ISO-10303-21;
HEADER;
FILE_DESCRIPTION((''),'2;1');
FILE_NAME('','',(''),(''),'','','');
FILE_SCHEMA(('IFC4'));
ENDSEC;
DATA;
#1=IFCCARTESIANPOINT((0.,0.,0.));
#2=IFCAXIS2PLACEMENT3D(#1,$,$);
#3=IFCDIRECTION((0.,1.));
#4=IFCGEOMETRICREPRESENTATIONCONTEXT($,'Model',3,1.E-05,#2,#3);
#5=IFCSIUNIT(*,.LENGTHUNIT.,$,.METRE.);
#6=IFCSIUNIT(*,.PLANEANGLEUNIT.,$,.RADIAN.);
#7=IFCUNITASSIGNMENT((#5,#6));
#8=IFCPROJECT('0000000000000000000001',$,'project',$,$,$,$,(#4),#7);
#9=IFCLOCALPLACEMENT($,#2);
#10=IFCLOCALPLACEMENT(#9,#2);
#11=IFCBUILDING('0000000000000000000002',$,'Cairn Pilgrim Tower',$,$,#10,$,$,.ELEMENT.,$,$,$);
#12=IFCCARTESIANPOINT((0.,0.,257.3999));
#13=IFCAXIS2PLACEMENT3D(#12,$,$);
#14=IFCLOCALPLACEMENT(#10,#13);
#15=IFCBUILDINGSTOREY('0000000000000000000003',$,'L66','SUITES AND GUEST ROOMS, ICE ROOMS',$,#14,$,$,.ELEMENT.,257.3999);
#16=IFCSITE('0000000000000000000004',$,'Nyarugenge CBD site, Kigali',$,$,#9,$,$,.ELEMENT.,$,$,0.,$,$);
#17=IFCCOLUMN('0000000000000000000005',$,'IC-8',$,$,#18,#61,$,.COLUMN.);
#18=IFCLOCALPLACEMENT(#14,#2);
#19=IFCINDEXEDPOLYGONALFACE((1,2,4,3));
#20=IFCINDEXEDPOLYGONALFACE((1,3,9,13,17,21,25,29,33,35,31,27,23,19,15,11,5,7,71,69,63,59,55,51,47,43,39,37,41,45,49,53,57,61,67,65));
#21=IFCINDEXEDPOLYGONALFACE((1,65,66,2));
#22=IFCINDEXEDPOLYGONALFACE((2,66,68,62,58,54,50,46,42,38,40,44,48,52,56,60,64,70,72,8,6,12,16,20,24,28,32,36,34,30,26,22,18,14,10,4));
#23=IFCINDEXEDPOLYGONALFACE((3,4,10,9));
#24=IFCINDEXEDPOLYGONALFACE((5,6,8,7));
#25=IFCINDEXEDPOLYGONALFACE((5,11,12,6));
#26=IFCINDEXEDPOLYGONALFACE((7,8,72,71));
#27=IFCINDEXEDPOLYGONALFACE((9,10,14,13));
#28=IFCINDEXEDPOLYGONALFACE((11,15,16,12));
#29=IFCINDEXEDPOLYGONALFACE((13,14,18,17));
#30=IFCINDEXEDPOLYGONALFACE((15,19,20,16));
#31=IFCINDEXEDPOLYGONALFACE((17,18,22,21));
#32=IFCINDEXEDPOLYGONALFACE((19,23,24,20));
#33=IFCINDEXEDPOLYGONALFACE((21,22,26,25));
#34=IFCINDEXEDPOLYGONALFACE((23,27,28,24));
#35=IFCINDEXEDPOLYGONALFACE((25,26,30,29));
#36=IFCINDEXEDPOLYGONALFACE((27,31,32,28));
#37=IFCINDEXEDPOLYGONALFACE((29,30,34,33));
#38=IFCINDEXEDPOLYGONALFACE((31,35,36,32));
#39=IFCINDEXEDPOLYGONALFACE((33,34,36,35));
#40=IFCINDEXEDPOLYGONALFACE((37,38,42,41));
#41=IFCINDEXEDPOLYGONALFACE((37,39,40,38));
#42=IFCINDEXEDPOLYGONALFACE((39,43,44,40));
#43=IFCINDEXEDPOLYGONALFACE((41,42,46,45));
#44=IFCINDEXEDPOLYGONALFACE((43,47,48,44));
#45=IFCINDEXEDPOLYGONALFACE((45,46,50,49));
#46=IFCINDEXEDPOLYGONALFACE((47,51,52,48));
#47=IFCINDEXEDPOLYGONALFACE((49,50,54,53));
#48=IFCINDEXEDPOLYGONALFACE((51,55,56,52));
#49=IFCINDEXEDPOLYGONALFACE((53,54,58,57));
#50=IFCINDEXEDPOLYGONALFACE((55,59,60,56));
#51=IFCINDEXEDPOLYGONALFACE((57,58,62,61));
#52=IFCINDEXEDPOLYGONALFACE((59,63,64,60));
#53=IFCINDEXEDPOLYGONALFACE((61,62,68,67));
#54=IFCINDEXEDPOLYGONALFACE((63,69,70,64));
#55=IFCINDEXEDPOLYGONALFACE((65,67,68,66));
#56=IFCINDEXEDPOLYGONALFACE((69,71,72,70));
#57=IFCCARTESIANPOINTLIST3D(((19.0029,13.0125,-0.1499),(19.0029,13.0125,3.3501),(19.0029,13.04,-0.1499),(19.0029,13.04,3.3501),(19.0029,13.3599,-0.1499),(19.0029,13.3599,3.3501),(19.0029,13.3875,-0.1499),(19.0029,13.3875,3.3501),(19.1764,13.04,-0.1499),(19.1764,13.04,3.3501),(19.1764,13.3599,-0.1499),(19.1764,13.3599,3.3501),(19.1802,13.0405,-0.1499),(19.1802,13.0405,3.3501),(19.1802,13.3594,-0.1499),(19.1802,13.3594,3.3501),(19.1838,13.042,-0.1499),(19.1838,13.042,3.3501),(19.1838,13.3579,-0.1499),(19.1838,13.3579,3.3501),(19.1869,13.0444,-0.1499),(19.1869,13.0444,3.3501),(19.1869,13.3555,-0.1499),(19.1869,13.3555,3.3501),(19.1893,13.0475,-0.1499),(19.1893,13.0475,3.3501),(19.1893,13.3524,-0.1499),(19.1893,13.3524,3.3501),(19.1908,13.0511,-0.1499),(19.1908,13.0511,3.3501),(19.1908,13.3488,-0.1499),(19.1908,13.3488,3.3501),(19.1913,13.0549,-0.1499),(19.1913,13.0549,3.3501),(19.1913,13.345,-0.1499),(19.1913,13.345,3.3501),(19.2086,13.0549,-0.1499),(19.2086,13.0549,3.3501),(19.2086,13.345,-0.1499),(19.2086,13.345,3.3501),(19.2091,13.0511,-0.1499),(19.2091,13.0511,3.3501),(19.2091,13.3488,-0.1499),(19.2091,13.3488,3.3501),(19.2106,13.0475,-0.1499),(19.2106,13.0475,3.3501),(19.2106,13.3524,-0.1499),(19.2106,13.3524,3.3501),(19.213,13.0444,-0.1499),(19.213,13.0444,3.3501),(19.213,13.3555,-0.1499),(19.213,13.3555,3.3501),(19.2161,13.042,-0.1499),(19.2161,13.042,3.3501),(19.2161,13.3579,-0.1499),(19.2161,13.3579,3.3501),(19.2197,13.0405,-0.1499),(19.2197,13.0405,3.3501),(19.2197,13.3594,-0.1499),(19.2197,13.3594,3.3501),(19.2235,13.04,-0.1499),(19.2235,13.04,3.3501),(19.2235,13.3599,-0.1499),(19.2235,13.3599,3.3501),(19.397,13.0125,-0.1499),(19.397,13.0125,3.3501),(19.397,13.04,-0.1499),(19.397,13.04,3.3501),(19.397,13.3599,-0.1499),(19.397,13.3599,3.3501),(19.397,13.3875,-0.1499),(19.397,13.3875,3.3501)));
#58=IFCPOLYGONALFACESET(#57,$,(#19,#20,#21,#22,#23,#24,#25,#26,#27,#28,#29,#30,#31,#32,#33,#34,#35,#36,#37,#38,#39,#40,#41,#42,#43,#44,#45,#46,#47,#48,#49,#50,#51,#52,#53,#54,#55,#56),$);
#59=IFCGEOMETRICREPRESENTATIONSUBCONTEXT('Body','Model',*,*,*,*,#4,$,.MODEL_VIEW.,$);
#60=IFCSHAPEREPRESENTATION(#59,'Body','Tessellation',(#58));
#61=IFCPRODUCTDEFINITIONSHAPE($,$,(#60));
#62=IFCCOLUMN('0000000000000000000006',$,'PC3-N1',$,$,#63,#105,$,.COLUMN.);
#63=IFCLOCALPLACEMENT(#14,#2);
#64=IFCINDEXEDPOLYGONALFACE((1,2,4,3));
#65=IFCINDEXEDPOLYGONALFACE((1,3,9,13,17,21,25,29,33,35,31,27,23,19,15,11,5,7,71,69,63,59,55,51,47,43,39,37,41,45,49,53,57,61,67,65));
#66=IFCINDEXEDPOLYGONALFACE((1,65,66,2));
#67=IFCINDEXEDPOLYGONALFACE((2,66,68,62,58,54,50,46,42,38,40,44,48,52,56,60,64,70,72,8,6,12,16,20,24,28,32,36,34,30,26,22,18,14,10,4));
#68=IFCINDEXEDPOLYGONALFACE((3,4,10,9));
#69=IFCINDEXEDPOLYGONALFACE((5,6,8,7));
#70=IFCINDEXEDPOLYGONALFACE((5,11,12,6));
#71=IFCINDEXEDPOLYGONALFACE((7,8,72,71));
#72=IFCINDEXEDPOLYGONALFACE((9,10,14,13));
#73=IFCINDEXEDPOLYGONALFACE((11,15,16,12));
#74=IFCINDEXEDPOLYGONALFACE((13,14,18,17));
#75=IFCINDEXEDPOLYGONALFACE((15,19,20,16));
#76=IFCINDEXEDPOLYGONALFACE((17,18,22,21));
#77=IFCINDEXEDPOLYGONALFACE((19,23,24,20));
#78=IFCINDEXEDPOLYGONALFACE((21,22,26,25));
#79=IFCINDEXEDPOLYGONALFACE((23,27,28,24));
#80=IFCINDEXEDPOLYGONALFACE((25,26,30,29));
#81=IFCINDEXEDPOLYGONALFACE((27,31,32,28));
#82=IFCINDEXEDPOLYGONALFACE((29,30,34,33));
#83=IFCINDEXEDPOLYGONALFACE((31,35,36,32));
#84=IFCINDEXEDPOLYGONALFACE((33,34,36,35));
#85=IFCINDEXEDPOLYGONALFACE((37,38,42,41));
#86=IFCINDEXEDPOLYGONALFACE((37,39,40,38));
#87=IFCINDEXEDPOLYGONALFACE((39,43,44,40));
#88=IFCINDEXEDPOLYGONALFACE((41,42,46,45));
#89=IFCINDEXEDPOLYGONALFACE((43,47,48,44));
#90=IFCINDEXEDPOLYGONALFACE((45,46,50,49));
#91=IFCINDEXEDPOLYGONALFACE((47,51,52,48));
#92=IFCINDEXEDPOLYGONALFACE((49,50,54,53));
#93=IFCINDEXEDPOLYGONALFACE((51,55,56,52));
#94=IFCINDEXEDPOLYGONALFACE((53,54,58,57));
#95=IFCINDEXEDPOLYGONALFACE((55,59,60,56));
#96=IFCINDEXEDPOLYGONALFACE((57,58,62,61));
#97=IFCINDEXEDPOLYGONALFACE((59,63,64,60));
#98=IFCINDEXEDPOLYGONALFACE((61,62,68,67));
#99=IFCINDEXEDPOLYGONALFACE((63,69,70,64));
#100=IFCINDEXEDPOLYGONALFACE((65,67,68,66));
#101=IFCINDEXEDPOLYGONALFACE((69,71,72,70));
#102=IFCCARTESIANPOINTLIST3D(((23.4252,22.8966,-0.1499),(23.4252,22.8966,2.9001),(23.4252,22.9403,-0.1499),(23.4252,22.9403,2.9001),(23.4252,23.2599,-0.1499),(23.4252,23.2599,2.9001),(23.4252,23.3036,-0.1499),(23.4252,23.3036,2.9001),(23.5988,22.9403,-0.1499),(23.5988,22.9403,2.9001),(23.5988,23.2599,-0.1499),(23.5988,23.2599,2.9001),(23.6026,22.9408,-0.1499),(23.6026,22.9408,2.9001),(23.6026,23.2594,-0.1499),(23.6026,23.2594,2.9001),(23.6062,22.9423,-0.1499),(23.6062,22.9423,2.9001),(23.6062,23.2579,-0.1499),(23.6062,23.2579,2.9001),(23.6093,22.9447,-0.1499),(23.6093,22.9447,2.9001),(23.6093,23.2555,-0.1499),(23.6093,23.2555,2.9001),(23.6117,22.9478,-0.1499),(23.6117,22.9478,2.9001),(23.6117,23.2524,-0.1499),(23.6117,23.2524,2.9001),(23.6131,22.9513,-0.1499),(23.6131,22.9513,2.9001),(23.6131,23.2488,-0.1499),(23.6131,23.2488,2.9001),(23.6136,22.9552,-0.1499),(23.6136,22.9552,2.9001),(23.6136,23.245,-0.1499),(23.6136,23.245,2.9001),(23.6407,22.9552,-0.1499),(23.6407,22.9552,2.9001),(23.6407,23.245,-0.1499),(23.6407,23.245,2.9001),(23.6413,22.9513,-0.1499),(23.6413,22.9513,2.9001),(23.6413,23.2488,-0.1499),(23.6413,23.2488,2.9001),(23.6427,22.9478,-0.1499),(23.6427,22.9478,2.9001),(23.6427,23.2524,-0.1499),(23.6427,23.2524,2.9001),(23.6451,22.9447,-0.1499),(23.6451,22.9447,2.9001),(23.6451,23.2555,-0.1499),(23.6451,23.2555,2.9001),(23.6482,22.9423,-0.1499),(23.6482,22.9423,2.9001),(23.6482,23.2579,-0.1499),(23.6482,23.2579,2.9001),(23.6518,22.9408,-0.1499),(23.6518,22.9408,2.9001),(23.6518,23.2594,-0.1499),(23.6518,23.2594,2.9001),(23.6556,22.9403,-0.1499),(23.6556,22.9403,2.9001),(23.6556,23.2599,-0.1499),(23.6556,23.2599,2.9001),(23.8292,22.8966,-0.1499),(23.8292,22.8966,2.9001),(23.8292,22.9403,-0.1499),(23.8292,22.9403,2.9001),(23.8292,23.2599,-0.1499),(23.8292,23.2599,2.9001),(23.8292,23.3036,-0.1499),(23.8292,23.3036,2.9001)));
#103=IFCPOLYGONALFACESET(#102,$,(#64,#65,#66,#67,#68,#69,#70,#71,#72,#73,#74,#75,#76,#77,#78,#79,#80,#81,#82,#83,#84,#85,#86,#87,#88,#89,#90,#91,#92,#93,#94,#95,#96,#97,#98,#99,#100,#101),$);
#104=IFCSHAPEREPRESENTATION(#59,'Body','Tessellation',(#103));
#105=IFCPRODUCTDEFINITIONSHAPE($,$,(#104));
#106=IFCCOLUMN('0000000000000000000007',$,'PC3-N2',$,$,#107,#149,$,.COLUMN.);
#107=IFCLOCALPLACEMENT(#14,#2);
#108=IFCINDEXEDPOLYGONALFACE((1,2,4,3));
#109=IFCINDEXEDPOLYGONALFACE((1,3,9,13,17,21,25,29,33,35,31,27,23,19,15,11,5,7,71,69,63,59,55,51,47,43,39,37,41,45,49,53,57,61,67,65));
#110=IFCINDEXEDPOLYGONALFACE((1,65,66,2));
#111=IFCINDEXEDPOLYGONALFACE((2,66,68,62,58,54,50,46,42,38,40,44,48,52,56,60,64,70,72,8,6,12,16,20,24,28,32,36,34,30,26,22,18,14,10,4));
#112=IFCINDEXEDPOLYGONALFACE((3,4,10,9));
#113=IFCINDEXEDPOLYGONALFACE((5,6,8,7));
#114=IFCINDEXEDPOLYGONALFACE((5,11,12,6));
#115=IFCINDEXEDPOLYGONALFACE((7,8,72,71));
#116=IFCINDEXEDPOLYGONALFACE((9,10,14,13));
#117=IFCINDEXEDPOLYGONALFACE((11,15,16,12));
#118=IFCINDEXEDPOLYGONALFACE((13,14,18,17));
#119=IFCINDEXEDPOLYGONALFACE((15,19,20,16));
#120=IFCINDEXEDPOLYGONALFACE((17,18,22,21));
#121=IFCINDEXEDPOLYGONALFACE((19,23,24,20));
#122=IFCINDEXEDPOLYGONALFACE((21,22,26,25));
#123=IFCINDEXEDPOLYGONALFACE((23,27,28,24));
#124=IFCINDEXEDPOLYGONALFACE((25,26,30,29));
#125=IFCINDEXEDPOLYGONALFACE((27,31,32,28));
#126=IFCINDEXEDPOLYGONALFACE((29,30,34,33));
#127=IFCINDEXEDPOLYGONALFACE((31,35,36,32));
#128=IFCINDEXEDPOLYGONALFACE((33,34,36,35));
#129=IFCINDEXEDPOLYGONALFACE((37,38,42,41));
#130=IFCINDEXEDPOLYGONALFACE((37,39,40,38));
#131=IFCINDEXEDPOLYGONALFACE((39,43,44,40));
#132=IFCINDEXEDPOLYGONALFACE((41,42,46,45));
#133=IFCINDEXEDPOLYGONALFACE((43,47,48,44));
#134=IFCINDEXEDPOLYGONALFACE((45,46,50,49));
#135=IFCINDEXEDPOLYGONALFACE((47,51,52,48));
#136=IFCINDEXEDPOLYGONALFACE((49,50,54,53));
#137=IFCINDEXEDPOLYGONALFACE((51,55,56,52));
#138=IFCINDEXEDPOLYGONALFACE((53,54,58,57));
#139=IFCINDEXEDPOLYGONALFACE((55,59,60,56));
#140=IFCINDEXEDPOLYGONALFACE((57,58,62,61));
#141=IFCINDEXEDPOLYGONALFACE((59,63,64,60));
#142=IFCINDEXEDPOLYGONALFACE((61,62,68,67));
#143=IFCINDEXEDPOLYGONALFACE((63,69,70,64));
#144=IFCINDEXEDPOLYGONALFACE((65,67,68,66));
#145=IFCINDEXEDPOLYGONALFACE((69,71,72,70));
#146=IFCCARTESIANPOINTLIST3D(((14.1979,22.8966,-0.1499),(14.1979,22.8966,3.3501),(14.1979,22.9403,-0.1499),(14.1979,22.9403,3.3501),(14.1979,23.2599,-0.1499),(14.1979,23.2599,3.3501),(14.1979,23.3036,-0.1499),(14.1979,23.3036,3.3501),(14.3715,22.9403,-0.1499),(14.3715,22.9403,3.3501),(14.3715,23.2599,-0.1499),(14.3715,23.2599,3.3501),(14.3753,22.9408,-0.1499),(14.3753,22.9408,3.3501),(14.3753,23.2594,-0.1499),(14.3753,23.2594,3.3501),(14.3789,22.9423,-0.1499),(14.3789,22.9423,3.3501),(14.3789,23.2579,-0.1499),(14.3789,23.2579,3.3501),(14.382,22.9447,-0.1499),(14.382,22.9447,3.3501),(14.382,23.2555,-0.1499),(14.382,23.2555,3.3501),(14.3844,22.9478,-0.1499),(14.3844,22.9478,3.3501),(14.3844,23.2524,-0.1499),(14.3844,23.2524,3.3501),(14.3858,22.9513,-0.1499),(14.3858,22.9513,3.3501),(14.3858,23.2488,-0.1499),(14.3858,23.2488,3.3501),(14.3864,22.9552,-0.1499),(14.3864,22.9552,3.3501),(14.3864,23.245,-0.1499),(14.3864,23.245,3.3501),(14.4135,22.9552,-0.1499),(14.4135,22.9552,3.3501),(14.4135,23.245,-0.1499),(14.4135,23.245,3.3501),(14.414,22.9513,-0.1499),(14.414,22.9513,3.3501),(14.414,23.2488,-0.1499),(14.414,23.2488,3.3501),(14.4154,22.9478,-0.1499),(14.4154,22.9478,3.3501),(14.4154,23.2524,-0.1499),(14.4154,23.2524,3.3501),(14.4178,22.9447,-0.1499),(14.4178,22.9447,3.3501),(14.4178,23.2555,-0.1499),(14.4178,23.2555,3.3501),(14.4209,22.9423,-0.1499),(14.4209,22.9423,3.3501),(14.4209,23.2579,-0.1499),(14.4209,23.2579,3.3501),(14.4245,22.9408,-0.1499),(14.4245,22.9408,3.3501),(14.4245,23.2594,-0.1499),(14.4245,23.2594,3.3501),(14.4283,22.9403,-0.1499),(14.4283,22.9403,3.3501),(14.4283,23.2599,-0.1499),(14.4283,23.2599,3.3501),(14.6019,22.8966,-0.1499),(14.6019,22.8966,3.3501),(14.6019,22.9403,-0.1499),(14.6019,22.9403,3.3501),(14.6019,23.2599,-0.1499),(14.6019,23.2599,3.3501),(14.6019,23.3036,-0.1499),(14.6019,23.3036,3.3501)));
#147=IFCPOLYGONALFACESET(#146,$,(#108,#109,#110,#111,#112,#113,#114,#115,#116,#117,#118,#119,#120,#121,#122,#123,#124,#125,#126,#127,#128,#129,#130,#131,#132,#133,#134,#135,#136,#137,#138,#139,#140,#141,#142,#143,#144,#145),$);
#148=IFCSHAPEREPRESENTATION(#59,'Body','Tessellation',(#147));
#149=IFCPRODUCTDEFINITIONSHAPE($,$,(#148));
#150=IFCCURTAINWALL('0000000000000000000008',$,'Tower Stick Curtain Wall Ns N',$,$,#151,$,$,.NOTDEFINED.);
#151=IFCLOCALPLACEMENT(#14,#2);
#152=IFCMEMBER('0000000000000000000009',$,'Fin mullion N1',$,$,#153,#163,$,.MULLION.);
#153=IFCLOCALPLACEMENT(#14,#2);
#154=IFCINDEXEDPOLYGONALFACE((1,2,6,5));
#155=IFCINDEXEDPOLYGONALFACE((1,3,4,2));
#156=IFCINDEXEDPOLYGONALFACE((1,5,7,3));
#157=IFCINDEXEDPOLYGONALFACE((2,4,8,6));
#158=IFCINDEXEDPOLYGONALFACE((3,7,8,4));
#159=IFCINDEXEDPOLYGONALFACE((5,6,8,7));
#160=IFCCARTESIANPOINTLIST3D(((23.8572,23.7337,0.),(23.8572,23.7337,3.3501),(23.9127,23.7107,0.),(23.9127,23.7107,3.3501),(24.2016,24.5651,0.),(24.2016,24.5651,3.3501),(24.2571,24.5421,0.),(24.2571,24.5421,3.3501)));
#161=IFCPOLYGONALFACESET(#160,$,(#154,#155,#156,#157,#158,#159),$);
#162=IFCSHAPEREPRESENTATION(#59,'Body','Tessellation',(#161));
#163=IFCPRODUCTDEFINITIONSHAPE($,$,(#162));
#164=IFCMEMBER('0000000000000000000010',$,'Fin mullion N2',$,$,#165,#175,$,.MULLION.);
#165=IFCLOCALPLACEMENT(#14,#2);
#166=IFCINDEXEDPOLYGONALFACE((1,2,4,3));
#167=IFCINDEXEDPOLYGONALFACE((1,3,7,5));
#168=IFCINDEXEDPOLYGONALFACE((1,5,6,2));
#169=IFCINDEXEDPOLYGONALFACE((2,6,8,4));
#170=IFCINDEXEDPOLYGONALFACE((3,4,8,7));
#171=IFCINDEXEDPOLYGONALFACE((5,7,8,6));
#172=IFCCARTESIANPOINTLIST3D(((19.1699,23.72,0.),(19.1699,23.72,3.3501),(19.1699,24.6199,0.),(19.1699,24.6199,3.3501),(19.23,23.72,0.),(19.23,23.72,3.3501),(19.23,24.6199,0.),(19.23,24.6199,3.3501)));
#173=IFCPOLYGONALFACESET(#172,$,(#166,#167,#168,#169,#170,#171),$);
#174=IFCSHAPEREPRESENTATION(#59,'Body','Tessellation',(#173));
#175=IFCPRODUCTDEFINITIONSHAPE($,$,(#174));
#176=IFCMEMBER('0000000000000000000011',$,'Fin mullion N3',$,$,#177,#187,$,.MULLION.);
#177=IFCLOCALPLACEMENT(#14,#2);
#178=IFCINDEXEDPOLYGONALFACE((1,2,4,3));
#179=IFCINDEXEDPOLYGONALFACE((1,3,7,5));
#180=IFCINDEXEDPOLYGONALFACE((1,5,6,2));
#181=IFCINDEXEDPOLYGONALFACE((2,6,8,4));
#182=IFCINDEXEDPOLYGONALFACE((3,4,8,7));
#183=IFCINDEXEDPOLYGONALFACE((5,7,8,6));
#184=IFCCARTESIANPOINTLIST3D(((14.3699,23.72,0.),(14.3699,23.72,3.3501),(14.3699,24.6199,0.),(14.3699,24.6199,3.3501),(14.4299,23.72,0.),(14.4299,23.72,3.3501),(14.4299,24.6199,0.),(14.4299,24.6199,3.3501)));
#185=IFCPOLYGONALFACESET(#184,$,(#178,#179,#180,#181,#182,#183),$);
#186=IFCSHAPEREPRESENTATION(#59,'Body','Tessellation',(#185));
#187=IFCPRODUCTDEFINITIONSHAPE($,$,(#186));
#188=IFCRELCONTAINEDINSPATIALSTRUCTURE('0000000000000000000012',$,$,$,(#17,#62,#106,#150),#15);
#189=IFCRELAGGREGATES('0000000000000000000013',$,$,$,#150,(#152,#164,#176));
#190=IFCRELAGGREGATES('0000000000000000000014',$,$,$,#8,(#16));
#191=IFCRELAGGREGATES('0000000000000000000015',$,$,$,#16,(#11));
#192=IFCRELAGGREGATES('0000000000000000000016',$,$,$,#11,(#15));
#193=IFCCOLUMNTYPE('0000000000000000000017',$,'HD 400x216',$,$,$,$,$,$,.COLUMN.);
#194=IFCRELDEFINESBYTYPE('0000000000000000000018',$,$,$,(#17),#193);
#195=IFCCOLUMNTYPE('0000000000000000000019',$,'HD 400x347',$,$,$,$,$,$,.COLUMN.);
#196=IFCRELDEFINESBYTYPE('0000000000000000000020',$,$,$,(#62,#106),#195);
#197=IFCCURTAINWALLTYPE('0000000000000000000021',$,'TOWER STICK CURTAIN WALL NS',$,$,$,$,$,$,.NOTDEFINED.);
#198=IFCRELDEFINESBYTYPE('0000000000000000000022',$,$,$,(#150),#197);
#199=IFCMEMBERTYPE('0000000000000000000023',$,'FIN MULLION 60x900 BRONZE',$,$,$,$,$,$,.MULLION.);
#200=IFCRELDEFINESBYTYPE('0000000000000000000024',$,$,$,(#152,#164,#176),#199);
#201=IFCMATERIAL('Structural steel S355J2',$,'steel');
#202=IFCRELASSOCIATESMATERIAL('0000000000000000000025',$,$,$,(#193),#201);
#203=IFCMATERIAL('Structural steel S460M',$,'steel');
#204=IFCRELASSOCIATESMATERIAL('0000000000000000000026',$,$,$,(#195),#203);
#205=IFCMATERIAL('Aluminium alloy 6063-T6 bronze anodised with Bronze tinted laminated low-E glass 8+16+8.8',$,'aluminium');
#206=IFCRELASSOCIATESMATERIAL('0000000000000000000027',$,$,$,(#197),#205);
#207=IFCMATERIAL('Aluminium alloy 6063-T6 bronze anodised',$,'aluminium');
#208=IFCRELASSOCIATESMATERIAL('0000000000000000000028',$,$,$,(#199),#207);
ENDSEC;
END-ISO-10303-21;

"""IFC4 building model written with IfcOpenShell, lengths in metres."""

from ifc_helpers import new_model, si_unit, direction, frame, origin, origin_2d, place, context, subcontext, project, spatial, rectangle, i_section, extrude, clip, halfspace, material, material_profile, profile_set, type_object, element, aggregate, save


model = new_model("IFC4")

# Units and contexts
model_context = context("Model", 3, precision=1e-05, world=origin(), true_north=direction((0.0, 1.0)))
body_context = subcontext(model_context, "Body", "Model", "MODEL_VIEW")
ifc_project = project(units=[si_unit("LENGTHUNIT", "METRE"), si_unit("PLANEANGLEUNIT", "RADIAN")], contexts=[model_context])

# Site, building, storey
site_placement = place(None, origin())
site = spatial("IfcSite", under=ifc_project, at=site_placement, Name="Nyarugenge CBD site, Kigali", CompositionType="ELEMENT", RefElevation=0.0)
building_placement = place(site_placement, origin())
building = spatial("IfcBuilding", under=site, at=building_placement, Name="Cairn Pilgrim Tower", CompositionType="ELEMENT")
storey_placement = place(building_placement, frame((0.0, 0.0, 257.3999)))
storey = spatial("IfcBuildingStorey", under=building, at=storey_placement, Name="L66", Description="SUITES AND GUEST ROOMS, ICE ROOMS", CompositionType="ELEMENT", Elevation=257.3999)

# Columns
ifc_material_1 = material(Name="Structural steel S355J2", Category="steel")
ifc_material_profile_1 = material_profile(ifc_material_1, i_section(OverallWidth=0.394, OverallDepth=0.375, WebThickness=0.0173, FlangeThickness=0.0276, FilletRadius=0.0149, at=origin_2d()), Name="HD 400x216")
ifc_profile_set_1 = profile_set([ifc_material_profile_1], Name="Structural steel S355J2")
column_type_1 = type_object("IfcColumnType", Name="HD 400x216", PredefinedType="COLUMN", material=ifc_profile_set_1)
column_1_placement = place(storey_placement, frame((19.2, 13.2, -0.1499), z_axis=(0.0, 0.0, 1.0), x_axis=(1.0, 0.0, 0.0)))
element("IfcColumn", 1, at=column_1_placement, inside=storey, type_object=column_type_1, Name="IC-8", PredefinedType="COLUMN", context=body_context, shape_type="SweptSolid", body=[
    extrude(i_section(OverallWidth=0.394, OverallDepth=0.375, WebThickness=0.0173, FlangeThickness=0.0276, FilletRadius=0.0149, at=origin_2d()), origin(), (0.0, 0.0, 1.0), 3.5),
])
ifc_material_2 = material(Name="Structural steel S460M", Category="steel")
ifc_material_profile_2 = material_profile(ifc_material_2, i_section(OverallWidth=0.4041, OverallDepth=0.407, WebThickness=0.0271, FlangeThickness=0.0437, FilletRadius=0.0149, at=origin_2d()), Name="HD 400x347")
ifc_profile_set_2 = profile_set([ifc_material_profile_2], Name="Structural steel S460M")
column_type_2 = type_object("IfcColumnType", Name="HD 400x347", PredefinedType="COLUMN", material=ifc_profile_set_2)
column_2_placement = place(storey_placement, frame((23.6272, 23.1001, -0.1499), z_axis=(0.0, 0.0, 1.0), x_axis=(1.0, 0.0, 0.0)))
element("IfcColumn", 2, at=column_2_placement, inside=storey, type_object=column_type_2, Name="PC3-N1", PredefinedType="COLUMN", context=body_context, shape_type="Clipping", body=[
    clip(extrude(i_section(OverallWidth=0.4041, OverallDepth=0.407, WebThickness=0.0271, FlangeThickness=0.0437, FilletRadius=0.0149, at=origin_2d()), origin(), (0.0, 0.0, 1.0), 3.5), halfspace(frame((0.0, 0.0, 3.05), z_axis=(0.0, 0.0, 1.0), x_axis=(1.0, 0.0, 0.0)), False)),
])
column_3_placement = place(storey_placement, frame((14.3999, 23.1001, -0.1499), z_axis=(0.0, 0.0, 1.0), x_axis=(1.0, 0.0, 0.0)))
element("IfcColumn", 3, at=column_3_placement, inside=storey, type_object=column_type_2, Name="PC3-N2", PredefinedType="COLUMN", context=body_context, shape_type="SweptSolid", body=[
    extrude(i_section(OverallWidth=0.4041, OverallDepth=0.407, WebThickness=0.0271, FlangeThickness=0.0437, FilletRadius=0.0149, at=origin_2d()), origin(), (0.0, 0.0, 1.0), 3.5),
])

# Curtain wall, members
ifc_material_3 = material(Name="Aluminium alloy 6063-T6 bronze anodised with Bronze tinted laminated low-E glass 8+16+8.8", Category="aluminium")
curtain_wall_type = type_object("IfcCurtainWallType", Name="TOWER STICK CURTAIN WALL NS", PredefinedType="NOTDEFINED", material=ifc_material_3)
curtain_wall_placement = place(storey_placement, origin())
curtain_wall = element("IfcCurtainWall", 4, at=curtain_wall_placement, inside=storey, type_object=curtain_wall_type, Name="Tower Stick Curtain Wall Ns N", PredefinedType="NOTDEFINED")
ifc_material_4 = material(Name="Aluminium alloy 6063-T6 bronze anodised", Category="aluminium")
ifc_material_profile_3 = material_profile(ifc_material_4, rectangle(XDim=0.8999, YDim=0.0601, at=origin_2d()), Name="FIN MULLION 60x900 BRONZE")
ifc_profile_set_3 = profile_set([ifc_material_profile_3], Name="Aluminium alloy 6063-T6 bronze anodised")
member_type = type_object("IfcMemberType", Name="FIN MULLION 60x900 BRONZE", PredefinedType="MULLION", material=ifc_profile_set_3)
member_1_placement = place(storey_placement, frame((24.0571, 24.1379, 0.0), z_axis=(0.0, 0.0, 1.0), x_axis=(0.382683, 0.92388, 0.0)))
member_1 = element("IfcMember", 5, at=member_1_placement, type_object=member_type, Name="Fin mullion N1", PredefinedType="MULLION", context=body_context, shape_type="SweptSolid", body=[
    extrude(rectangle(XDim=0.8999, YDim=0.0601, at=origin_2d()), origin(), (0.0, 0.0, 1.0), 3.3501),
])
member_2_placement = place(storey_placement, frame((19.2, 24.1699, 0.0), z_axis=(0.0, 0.0, 1.0), x_axis=(0.0, 1.0, 0.0)))
member_2 = element("IfcMember", 6, at=member_2_placement, type_object=member_type, Name="Fin mullion N2", PredefinedType="MULLION", context=body_context, shape_type="SweptSolid", body=[
    extrude(rectangle(XDim=0.8999, YDim=0.0601, at=origin_2d()), origin(), (0.0, 0.0, 1.0), 3.3501),
])
member_3_placement = place(storey_placement, frame((14.3999, 24.1699, 0.0), z_axis=(0.0, 0.0, 1.0), x_axis=(0.0, 1.0, 0.0)))
member_3 = element("IfcMember", 7, at=member_3_placement, type_object=member_type, Name="Fin mullion N3", PredefinedType="MULLION", context=body_context, shape_type="SweptSolid", body=[
    extrude(rectangle(XDim=0.8999, YDim=0.0601, at=origin_2d()), origin(), (0.0, 0.0, 1.0), 3.3501),
])
aggregate(curtain_wall, [member_1, member_2, member_3])

save(model, "model.ifc")
